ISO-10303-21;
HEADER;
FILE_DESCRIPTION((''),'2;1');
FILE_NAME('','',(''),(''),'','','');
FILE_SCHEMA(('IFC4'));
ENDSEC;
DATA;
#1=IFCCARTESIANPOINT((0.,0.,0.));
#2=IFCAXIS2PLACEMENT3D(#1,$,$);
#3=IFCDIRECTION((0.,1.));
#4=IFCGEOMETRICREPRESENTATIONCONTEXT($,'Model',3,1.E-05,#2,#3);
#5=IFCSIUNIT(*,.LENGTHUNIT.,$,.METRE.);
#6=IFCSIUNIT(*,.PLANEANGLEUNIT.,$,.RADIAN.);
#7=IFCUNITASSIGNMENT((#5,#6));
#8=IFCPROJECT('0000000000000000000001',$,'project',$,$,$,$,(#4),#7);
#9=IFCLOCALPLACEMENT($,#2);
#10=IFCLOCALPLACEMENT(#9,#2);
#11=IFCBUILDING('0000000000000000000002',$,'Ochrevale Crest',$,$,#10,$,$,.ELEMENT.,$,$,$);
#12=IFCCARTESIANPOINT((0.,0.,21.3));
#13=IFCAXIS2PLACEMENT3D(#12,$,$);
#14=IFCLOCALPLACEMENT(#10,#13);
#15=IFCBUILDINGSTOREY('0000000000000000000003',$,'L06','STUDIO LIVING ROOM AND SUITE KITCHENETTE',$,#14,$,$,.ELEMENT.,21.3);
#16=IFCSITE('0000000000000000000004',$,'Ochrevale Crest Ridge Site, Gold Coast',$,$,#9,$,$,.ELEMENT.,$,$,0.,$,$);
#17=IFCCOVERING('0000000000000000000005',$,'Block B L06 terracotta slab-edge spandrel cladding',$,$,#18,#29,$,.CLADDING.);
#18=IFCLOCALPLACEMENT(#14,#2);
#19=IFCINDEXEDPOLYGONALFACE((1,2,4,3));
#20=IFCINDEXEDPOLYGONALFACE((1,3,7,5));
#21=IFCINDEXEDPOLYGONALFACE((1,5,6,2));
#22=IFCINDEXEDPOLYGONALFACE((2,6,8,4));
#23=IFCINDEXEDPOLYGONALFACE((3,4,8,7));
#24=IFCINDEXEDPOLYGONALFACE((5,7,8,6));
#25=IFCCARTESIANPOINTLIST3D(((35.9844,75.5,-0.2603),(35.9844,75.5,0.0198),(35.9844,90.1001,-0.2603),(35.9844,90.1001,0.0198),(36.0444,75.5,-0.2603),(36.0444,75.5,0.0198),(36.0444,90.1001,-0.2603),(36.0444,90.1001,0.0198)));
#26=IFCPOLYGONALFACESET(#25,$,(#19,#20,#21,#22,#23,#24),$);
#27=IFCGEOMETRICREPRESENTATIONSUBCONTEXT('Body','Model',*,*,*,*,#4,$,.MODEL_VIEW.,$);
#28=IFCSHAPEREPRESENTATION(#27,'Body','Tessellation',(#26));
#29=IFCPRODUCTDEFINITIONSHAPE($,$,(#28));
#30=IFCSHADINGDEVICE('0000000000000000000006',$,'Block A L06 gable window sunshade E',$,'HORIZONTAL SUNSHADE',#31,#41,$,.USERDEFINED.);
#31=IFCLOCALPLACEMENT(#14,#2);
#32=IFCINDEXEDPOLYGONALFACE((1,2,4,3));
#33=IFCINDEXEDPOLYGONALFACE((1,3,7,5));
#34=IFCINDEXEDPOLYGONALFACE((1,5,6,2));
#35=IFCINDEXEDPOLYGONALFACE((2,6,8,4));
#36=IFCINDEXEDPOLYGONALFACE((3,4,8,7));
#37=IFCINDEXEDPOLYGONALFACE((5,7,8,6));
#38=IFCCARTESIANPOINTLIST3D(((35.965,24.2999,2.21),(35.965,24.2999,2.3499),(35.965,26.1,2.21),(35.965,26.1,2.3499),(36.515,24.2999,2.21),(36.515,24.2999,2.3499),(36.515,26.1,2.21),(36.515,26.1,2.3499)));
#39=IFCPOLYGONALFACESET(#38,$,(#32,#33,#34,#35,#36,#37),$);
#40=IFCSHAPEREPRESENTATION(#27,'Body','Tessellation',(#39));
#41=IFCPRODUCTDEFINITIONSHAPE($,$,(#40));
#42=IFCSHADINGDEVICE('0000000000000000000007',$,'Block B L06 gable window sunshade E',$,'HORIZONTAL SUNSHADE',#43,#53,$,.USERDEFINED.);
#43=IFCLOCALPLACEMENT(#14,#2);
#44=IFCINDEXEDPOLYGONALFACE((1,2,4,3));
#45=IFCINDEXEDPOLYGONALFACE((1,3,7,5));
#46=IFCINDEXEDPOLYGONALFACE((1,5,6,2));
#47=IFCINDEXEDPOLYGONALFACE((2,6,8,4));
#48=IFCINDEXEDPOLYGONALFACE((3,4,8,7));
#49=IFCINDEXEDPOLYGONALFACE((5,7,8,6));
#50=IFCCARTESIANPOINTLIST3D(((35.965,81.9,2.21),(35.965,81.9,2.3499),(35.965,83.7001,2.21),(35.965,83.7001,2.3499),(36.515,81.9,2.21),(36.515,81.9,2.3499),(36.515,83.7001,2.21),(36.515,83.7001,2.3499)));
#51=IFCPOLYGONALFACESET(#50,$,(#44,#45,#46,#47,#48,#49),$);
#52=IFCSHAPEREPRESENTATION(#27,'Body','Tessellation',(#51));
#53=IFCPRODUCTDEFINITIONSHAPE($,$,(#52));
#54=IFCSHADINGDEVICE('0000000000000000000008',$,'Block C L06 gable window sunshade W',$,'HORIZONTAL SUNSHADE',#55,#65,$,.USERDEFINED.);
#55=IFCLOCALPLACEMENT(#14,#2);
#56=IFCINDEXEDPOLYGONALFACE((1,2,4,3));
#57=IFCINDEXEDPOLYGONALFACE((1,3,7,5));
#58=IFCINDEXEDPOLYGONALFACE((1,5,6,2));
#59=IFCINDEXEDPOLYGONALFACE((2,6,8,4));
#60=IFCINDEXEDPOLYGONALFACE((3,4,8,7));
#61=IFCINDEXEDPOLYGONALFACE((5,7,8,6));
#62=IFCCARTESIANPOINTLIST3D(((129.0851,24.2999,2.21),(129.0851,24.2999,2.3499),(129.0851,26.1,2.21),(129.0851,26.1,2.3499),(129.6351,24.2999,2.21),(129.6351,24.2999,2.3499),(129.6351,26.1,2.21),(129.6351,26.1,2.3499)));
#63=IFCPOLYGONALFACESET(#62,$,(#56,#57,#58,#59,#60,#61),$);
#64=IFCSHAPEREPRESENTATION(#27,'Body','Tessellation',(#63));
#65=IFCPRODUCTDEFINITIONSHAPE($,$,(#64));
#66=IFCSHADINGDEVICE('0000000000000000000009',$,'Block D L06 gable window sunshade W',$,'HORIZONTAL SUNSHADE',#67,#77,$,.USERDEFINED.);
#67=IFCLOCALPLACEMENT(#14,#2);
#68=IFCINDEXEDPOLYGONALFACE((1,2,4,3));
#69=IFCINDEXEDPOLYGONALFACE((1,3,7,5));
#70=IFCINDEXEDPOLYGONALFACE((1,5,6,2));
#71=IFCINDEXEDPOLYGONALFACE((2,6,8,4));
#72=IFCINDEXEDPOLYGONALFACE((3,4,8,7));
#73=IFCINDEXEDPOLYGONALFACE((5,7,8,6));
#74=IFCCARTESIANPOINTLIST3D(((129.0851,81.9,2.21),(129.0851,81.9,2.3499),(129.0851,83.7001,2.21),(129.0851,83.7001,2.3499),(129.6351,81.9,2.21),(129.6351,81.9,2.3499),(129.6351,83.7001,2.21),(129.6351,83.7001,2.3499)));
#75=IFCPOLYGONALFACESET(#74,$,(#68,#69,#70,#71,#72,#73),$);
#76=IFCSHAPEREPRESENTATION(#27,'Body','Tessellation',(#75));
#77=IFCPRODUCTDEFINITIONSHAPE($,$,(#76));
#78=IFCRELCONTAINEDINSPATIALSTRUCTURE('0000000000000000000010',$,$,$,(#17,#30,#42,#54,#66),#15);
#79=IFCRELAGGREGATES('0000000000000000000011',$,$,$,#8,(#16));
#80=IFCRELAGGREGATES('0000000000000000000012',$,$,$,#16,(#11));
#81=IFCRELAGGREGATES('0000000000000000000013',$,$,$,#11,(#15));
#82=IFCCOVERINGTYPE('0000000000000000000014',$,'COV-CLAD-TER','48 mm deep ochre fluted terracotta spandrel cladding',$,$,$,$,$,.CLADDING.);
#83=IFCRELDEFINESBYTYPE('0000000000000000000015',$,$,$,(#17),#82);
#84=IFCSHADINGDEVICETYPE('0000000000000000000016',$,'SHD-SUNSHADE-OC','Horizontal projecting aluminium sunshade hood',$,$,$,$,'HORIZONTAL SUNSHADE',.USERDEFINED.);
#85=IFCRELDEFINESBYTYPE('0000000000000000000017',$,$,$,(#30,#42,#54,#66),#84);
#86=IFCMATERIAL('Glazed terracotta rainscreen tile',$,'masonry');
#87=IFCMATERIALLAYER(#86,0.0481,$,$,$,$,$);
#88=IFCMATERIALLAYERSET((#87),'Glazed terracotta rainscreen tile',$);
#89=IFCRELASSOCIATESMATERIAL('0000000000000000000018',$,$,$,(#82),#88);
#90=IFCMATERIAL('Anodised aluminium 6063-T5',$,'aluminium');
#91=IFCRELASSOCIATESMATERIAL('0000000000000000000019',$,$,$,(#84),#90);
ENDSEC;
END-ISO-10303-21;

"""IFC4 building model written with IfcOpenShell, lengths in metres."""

from ifc_helpers import new_model, si_unit, direction, frame, origin, origin_2d, place, context, subcontext, project, spatial, rectangle, extrude, material, layer, layer_set, type_object, element, save


model = new_model("IFC4")

# Units and contexts
model_context = context("Model", 3, precision=1e-05, world=origin(), true_north=direction((0.0, 1.0)))
body_context = subcontext(model_context, "Body", "Model", "MODEL_VIEW")
ifc_project = project(units=[si_unit("LENGTHUNIT", "METRE"), si_unit("PLANEANGLEUNIT", "RADIAN")], contexts=[model_context])

# Site, building, storey
site_placement = place(None, origin())
site = spatial("IfcSite", under=ifc_project, at=site_placement, Name="Ochrevale Crest Ridge Site, Gold Coast", CompositionType="ELEMENT", RefElevation=0.0)
building_placement = place(site_placement, origin())
building = spatial("IfcBuilding", under=site, at=building_placement, Name="Ochrevale Crest", CompositionType="ELEMENT")
storey_placement = place(building_placement, frame((0.0, 0.0, 21.3)))
storey = spatial("IfcBuildingStorey", under=building, at=storey_placement, Name="L06", Description="STUDIO LIVING ROOM AND SUITE KITCHENETTE", CompositionType="ELEMENT", Elevation=21.3)

# Shared definitions
ifc_material_1 = material(Name="Anodised aluminium 6063-T5", Category="aluminium")

# Covering
ifc_material_2 = material(Name="Glazed terracotta rainscreen tile", Category="masonry")
ifc_layer_1 = layer(ifc_material_2, 0.0481)
ifc_layer_set_1 = layer_set([ifc_layer_1], Name="Glazed terracotta rainscreen tile")
covering_type = type_object("IfcCoveringType", Name="COV-CLAD-TER", Description="48 mm deep ochre fluted terracotta spandrel cladding", PredefinedType="CLADDING", material=ifc_layer_set_1)
covering_1_placement = place(storey_placement, frame((36.0144, 82.8, -0.2603), z_axis=(0.0, 0.0, 1.0), x_axis=(0.0, 1.0, 0.0)))
element("IfcCovering", 1, at=covering_1_placement, inside=storey, type_object=covering_type, Name="Block B L06 terracotta slab-edge spandrel cladding", PredefinedType="CLADDING", context=body_context, shape_type="SweptSolid", body=[
    extrude(rectangle(XDim=14.6001, YDim=0.0601, at=origin_2d()), origin(), (0.0, 0.0, 1.0), 0.28),
])

# Shading devices
shading_device_type = type_object("IfcShadingDeviceType", Name="SHD-SUNSHADE-OC", Description="Horizontal projecting aluminium sunshade hood", ElementType="HORIZONTAL SUNSHADE", PredefinedType="USERDEFINED", material=ifc_material_1)
for number, where, z_axis, x_axis, name in (
    (2, (36.24, 25.2, 2.21), (0.0, 0.0, 1.0), (1.0, 0.0, 0.0), "Block A L06 gable window sunshade E"),
    (3, (36.24, 82.8, 2.21), (0.0, 0.0, 1.0), (1.0, 0.0, 0.0), "Block B L06 gable window sunshade E"),
    (4, (129.3601, 25.2, 2.21), (0.0, 0.0, 1.0), (1.0, 0.0, 0.0), "Block C L06 gable window sunshade W"),
    (5, (129.3601, 82.8, 2.21), (0.0, 0.0, 1.0), (1.0, 0.0, 0.0), "Block D L06 gable window sunshade W"),
):
    element("IfcShadingDevice", number, at=place(storey_placement, frame(where, z_axis=z_axis, x_axis=x_axis)), inside=storey, type_object=shading_device_type, Name=name, ObjectType="HORIZONTAL SUNSHADE", PredefinedType="USERDEFINED", context=body_context, shape_type="SweptSolid", body=[
        extrude(rectangle(XDim=0.55, YDim=1.8, at=origin_2d()), origin(), (0.0, 0.0, 1.0), 0.1399),
    ])

save(model, "model.ifc")
